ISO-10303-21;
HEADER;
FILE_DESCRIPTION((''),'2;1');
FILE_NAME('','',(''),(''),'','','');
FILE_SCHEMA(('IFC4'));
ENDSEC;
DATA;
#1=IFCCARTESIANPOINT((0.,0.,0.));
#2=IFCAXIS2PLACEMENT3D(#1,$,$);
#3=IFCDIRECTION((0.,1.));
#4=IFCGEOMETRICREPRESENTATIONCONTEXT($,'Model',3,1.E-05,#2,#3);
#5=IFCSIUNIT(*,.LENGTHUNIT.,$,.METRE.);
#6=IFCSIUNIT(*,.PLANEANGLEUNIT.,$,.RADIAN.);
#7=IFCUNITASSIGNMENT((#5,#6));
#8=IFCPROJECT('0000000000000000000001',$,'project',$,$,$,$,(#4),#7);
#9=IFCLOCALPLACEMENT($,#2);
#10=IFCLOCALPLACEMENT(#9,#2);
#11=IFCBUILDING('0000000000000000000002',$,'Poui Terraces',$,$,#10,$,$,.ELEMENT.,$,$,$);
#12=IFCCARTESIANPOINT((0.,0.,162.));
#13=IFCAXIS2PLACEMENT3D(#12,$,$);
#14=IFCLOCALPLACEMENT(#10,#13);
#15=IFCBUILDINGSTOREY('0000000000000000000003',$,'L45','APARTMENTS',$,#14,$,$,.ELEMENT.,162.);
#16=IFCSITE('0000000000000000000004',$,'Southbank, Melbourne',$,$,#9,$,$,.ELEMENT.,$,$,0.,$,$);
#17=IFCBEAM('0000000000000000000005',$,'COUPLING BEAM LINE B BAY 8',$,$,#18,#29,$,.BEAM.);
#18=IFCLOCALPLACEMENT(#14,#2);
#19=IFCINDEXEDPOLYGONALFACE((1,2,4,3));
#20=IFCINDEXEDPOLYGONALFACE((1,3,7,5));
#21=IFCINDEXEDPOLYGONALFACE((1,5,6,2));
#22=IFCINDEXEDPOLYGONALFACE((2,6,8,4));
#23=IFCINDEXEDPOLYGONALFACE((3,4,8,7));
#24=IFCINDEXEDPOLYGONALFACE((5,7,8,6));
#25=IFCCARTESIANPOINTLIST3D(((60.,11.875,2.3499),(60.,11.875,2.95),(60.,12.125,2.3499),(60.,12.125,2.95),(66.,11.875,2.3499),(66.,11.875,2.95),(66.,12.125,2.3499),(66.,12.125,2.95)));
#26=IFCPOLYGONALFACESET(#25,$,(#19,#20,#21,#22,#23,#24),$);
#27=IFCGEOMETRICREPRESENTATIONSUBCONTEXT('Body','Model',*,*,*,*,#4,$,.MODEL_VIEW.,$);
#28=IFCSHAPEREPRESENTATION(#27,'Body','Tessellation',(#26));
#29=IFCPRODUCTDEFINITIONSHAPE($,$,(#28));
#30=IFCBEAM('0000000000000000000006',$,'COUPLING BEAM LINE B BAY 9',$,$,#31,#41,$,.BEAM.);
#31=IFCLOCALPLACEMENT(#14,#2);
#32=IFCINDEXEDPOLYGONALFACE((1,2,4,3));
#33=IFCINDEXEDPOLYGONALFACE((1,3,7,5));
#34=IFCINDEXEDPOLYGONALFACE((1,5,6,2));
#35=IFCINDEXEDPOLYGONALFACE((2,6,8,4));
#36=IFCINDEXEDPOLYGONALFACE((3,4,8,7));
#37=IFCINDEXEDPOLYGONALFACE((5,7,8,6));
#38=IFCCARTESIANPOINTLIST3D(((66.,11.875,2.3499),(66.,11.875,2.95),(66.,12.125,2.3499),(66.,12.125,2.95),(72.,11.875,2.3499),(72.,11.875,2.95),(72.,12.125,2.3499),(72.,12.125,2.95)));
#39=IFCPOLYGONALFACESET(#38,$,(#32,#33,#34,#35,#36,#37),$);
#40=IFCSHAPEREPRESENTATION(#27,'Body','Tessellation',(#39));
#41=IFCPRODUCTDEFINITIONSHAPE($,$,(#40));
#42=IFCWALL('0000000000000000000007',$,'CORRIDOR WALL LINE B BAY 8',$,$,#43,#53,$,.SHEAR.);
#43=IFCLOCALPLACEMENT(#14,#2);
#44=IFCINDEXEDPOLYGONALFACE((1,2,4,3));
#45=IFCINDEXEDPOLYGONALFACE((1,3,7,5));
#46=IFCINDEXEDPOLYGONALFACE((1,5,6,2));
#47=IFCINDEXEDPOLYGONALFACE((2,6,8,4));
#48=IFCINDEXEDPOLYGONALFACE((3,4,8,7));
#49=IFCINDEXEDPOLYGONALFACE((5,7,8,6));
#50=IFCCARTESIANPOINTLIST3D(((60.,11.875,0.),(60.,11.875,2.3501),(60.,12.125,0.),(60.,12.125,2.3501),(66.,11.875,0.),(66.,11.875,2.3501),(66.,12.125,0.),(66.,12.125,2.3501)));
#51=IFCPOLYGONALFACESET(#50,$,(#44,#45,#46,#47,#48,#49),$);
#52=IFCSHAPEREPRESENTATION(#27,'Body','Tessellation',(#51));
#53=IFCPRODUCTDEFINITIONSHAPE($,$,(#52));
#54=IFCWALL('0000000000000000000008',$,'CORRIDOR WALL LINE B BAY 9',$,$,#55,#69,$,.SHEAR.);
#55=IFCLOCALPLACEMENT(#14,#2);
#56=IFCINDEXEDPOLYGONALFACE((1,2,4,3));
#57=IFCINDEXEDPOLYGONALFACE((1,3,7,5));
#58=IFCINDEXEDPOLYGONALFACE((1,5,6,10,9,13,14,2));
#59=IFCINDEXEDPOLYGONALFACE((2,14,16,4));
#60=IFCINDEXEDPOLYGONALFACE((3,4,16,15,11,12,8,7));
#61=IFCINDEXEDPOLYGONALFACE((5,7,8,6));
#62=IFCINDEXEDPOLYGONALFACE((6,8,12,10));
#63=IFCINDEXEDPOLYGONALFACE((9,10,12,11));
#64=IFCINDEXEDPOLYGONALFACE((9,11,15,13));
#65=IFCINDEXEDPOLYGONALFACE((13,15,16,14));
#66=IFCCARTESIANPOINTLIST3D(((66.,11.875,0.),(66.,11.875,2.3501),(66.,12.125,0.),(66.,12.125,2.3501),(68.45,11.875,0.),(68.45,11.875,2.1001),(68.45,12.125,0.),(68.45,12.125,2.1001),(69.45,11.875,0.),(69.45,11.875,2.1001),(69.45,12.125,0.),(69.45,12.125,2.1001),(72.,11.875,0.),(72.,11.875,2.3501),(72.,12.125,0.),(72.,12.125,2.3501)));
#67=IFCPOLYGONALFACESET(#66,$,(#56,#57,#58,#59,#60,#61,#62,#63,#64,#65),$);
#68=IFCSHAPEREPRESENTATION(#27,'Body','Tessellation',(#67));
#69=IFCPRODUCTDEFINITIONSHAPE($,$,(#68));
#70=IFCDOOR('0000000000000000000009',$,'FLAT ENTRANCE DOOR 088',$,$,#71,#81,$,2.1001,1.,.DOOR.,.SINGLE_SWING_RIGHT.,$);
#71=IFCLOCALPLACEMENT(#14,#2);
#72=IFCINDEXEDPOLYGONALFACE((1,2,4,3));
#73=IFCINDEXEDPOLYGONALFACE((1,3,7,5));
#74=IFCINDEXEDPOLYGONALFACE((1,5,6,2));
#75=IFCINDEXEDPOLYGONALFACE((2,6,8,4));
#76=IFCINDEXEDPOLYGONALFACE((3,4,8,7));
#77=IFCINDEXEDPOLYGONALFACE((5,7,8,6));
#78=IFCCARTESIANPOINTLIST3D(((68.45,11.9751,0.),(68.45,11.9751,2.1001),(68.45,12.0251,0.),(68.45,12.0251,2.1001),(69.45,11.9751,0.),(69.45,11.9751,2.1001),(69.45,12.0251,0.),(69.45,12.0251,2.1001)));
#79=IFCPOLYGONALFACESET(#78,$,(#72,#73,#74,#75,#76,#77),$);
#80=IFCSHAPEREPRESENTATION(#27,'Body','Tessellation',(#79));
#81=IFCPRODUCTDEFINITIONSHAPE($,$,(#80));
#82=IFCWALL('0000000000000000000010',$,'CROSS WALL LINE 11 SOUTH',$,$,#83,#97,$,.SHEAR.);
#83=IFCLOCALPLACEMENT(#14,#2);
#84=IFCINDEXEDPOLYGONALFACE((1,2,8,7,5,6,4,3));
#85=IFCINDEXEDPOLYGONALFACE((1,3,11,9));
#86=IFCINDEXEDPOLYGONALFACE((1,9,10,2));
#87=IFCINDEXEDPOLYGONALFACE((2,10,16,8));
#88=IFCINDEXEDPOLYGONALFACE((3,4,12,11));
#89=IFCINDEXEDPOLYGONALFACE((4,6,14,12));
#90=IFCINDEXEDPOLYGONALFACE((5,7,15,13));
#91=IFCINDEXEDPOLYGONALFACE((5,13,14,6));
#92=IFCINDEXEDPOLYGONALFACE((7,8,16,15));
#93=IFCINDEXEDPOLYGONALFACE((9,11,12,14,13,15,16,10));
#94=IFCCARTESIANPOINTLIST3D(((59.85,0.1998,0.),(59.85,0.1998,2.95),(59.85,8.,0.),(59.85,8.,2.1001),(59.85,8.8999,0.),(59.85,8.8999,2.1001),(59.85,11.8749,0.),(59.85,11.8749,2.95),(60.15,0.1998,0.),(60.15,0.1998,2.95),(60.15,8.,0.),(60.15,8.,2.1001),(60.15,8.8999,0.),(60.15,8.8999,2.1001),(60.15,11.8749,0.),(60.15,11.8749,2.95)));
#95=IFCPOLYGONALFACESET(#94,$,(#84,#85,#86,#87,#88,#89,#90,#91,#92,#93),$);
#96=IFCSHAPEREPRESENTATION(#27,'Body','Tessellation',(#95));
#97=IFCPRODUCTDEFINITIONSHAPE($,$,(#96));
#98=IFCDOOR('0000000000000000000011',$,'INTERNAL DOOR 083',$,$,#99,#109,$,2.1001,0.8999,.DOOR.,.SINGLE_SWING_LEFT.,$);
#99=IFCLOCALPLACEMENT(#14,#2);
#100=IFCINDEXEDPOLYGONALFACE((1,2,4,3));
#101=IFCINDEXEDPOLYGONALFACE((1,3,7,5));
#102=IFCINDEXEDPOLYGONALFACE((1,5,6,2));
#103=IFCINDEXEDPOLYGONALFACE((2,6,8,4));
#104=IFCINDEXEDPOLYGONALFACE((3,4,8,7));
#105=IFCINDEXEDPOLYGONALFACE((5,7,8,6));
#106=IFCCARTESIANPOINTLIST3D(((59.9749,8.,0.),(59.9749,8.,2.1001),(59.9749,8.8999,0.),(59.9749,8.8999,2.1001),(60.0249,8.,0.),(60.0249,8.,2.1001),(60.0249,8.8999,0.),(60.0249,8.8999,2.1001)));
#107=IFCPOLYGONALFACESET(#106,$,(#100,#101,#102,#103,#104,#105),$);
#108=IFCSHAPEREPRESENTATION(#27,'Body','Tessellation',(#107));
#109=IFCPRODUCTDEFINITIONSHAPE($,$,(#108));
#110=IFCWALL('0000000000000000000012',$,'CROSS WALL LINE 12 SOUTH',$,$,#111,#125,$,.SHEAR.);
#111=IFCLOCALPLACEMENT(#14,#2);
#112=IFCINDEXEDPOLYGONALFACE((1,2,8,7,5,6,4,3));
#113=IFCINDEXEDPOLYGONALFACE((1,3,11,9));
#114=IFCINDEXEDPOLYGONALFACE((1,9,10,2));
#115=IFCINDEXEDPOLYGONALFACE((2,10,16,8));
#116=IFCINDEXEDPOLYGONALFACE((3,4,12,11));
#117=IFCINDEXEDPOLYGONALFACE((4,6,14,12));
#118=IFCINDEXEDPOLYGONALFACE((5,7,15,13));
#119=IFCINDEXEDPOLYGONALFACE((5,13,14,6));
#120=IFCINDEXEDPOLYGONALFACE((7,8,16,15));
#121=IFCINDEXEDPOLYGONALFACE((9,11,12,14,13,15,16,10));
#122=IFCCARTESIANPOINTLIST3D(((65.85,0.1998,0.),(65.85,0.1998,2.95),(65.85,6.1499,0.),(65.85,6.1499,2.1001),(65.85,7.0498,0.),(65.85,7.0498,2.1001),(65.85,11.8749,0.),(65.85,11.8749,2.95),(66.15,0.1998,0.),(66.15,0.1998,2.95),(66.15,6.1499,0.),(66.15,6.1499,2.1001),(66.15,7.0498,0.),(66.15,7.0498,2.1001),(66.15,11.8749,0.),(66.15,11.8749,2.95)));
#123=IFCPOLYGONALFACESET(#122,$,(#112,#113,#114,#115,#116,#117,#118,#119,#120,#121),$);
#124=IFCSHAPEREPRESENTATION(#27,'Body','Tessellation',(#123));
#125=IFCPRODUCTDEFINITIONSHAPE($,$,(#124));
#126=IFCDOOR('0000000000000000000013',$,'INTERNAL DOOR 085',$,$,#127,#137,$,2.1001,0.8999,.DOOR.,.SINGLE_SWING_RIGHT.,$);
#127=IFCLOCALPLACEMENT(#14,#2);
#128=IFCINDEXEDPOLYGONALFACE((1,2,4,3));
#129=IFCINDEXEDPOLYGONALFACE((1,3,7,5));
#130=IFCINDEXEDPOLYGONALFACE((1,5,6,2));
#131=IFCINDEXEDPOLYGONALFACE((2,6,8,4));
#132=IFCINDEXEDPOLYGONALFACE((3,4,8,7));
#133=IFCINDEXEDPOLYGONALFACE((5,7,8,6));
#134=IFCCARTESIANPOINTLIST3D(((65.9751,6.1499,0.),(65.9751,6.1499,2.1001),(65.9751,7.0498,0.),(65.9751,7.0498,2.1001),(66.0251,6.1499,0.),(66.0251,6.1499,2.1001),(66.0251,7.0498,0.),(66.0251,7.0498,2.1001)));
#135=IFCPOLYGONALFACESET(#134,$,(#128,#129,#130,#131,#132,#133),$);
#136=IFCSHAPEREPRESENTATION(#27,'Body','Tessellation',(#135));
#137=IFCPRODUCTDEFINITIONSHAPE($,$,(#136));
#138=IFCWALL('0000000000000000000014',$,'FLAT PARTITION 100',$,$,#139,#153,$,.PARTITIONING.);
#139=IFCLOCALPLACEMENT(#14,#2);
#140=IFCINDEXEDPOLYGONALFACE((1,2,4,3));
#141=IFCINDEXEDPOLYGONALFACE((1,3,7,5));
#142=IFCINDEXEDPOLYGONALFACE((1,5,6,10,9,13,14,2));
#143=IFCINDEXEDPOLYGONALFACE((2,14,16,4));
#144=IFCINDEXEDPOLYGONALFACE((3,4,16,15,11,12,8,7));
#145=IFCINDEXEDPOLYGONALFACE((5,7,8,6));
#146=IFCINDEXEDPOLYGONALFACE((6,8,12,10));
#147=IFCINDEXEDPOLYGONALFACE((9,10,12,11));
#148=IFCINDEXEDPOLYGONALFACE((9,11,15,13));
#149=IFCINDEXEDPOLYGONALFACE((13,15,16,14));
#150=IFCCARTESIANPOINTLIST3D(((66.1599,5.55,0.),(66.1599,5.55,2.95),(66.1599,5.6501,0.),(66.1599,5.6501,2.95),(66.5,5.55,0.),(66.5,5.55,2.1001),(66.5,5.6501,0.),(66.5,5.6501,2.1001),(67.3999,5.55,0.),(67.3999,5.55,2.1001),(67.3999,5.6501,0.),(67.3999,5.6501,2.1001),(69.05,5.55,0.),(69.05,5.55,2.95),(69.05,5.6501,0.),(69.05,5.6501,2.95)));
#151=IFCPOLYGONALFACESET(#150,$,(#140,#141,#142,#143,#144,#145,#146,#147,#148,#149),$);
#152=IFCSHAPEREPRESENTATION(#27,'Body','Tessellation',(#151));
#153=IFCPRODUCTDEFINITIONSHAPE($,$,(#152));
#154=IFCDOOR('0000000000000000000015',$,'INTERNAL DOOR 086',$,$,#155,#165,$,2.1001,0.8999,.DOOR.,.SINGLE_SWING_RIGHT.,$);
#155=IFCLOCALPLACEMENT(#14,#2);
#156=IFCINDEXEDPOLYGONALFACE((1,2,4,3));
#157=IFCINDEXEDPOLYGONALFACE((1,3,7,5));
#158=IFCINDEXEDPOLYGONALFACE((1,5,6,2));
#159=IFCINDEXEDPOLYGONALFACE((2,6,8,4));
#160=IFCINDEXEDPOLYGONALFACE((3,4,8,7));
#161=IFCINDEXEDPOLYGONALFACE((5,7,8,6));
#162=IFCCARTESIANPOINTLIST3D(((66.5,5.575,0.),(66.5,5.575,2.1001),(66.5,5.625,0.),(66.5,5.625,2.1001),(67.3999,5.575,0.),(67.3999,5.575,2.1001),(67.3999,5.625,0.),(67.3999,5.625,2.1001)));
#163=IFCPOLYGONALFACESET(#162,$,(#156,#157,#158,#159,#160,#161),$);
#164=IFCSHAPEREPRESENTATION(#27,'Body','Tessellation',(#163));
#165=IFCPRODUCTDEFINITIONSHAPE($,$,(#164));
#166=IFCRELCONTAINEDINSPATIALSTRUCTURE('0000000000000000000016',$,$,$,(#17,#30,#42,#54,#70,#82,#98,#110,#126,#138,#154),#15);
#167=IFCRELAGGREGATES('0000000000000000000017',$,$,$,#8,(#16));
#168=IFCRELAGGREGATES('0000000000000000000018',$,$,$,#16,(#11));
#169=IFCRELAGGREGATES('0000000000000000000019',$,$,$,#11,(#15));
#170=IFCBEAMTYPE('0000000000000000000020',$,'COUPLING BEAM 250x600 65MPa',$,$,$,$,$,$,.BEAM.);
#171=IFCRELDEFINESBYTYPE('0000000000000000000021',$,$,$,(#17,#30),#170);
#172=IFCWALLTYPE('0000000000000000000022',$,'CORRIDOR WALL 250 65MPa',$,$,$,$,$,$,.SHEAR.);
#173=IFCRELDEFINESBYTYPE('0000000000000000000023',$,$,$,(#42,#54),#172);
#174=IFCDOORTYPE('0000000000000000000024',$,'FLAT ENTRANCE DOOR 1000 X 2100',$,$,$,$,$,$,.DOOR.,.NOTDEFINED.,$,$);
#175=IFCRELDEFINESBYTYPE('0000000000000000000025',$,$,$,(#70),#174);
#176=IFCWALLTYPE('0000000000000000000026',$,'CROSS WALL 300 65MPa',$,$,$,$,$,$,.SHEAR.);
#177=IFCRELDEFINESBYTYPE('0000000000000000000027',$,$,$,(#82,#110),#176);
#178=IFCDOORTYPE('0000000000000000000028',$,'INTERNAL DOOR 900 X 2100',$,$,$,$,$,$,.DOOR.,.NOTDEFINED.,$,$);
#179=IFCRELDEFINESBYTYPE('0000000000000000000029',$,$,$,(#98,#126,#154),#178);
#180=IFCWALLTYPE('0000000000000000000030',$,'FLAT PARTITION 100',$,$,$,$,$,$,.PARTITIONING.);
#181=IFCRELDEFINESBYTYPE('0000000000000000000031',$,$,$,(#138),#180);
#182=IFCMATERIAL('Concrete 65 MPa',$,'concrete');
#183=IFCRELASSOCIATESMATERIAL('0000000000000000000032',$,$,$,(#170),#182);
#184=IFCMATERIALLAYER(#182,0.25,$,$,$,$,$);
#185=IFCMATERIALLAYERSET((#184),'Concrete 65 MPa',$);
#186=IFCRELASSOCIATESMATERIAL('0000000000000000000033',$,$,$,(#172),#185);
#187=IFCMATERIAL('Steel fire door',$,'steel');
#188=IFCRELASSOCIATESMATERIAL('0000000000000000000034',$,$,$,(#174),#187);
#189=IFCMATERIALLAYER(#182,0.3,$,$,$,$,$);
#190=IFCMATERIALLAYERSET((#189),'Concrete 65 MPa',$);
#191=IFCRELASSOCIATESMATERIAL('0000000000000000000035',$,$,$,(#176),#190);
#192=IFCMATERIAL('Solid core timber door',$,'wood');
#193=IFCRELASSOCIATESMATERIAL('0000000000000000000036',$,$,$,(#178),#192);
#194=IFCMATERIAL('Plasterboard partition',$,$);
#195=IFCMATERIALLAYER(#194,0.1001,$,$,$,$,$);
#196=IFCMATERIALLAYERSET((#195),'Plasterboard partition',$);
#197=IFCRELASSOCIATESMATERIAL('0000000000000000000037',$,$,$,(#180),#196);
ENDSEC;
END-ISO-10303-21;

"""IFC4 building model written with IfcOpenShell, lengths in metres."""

from ifc_helpers import new_model, si_unit, direction, frame, frame_2d, origin, origin_2d, place, context, subcontext, project, spatial, rectangle, extrude, source, transform, mapped, material, layer, layer_set, material_profile, profile_set, type_object, element, fill, save


model = new_model("IFC4")

# Units and contexts
model_context = context("Model", 3, precision=1e-05, world=origin(), true_north=direction((0.0, 1.0)))
body_context = subcontext(model_context, "Body", "Model", "MODEL_VIEW")
ifc_project = project(units=[si_unit("LENGTHUNIT", "METRE"), si_unit("PLANEANGLEUNIT", "RADIAN")], contexts=[model_context])

# Site, building, storey
site_placement = place(None, origin())
site = spatial("IfcSite", under=ifc_project, at=site_placement, Name="Southbank, Melbourne", CompositionType="ELEMENT", RefElevation=0.0)
building_placement = place(site_placement, origin())
building = spatial("IfcBuilding", under=site, at=building_placement, Name="Poui Terraces", CompositionType="ELEMENT")
storey_placement = place(building_placement, frame((0.0, 0.0, 162.0)))
storey = spatial("IfcBuildingStorey", under=building, at=storey_placement, Name="L45", Description="APARTMENTS", CompositionType="ELEMENT", Elevation=162.0)

# Beams
ifc_material_1 = material(Name="Concrete 65 MPa", Category="concrete")
ifc_material_profile = material_profile(ifc_material_1, rectangle(XDim=0.25, YDim=0.6001, at=origin_2d()), Name="RC 250x600")
ifc_profile_set = profile_set([ifc_material_profile], Name="Concrete 65 MPa")
beam_type = type_object("IfcBeamType", Name="COUPLING BEAM 250x600 65MPa", PredefinedType="BEAM", material=ifc_profile_set)
shared_shape = source(origin(), body_context, "Body", "SweptSolid", [
    extrude(rectangle(XDim=0.25, YDim=0.6001, at=origin_2d()), origin(), (0.0, 0.0, 1.0), 6.0),
])
for number, where, z_axis, x_axis, name in (
    (1, (60.0, 12.0, 2.6499), (1.0, 0.0, 0.0), (0.0, 1.0, 0.0), "COUPLING BEAM LINE B BAY 8"),
    (2, (66.0, 12.0, 2.6499), (1.0, 0.0, 0.0), (0.0, 1.0, 0.0), "COUPLING BEAM LINE B BAY 9"),
):
    element("IfcBeam", number, at=place(storey_placement, frame(where, z_axis=z_axis, x_axis=x_axis)), inside=storey, type_object=beam_type, Name=name, PredefinedType="BEAM", context=body_context, shape_type="MappedRepresentation", body=[
        mapped(shared_shape, transform((0.0, 0.0, 0.0))),
    ])

# Wall
ifc_layer_1 = layer(ifc_material_1, 0.25)
ifc_layer_set_1 = layer_set([ifc_layer_1], Name="Concrete 65 MPa")
wall_type_1 = type_object("IfcWallType", Name="CORRIDOR WALL 250 65MPa", PredefinedType="SHEAR", material=ifc_layer_set_1)
wall_1_placement = place(storey_placement, frame((60.0, 12.0, 0.0), z_axis=(0.0, 0.0, 1.0), x_axis=(1.0, 0.0, 0.0)))
element("IfcWall", 3, at=wall_1_placement, inside=storey, type_object=wall_type_1, Name="CORRIDOR WALL LINE B BAY 8", PredefinedType="SHEAR", context=body_context, shape_type="SweptSolid", body=[
    extrude(rectangle(XDim=6.0, YDim=0.25, at=frame_2d((3.0, 0.0))), origin(), (0.0, 0.0, 1.0), 2.3501),
])

# Walls, openings, doors
wall_2_placement = place(storey_placement, frame((66.0, 12.0, 0.0), z_axis=(0.0, 0.0, 1.0), x_axis=(1.0, 0.0, 0.0)))
wall_2 = element("IfcWall", 4, at=wall_2_placement, inside=storey, type_object=wall_type_1, Name="CORRIDOR WALL LINE B BAY 9", PredefinedType="SHEAR", context=body_context, shape_type="SweptSolid", body=[
    extrude(rectangle(XDim=6.0, YDim=0.25, at=frame_2d((3.0, 0.0))), origin(), (0.0, 0.0, 1.0), 2.3501),
])
opening_1_placement = place(wall_2_placement, frame((2.45, 0.0, 0.0)))
opening_1 = element("IfcOpeningElement", 5, at=opening_1_placement, cuts=wall_2, PredefinedType="OPENING", context=body_context, shape_type="SweptSolid", body=[
    extrude(rectangle(XDim=1.0, YDim=2.1001, at=frame_2d((0.5, 1.05))), frame((0.0, 0.135, 0.0), z_axis=(0.0, -1.0, 0.0), x_axis=(1.0, 0.0, 0.0)), (0.0, 0.0, 1.0), 0.27),
])
ifc_material_2 = material(Name="Steel fire door", Category="steel")
door_type_1 = type_object("IfcDoorType", Name="FLAT ENTRANCE DOOR 1000 X 2100", OperationType="NOTDEFINED", PredefinedType="DOOR", material=ifc_material_2)
door_1_placement = place(opening_1_placement, frame((1.0, 0.0, 0.0), z_axis=(0.0, 0.0, 1.0), x_axis=(-1.0, 0.0, 0.0)))
door_1 = element("IfcDoor", 6, at=door_1_placement, inside=storey, type_object=door_type_1, Name="FLAT ENTRANCE DOOR 088", OperationType="SINGLE_SWING_RIGHT", OverallHeight=2.1001, OverallWidth=1.0, PredefinedType="DOOR", context=body_context, shape_type="SweptSolid", body=[
    extrude(rectangle(XDim=1.0, YDim=2.1001, at=frame_2d((0.5, 1.05))), frame((0.0, 0.0249, 0.0), z_axis=(0.0, -1.0, 0.0), x_axis=(1.0, 0.0, 0.0)), (0.0, 0.0, 1.0), 0.05),
])
fill(opening_1, door_1)
ifc_layer_2 = layer(ifc_material_1, 0.3)
ifc_layer_set_2 = layer_set([ifc_layer_2], Name="Concrete 65 MPa")
wall_type_2 = type_object("IfcWallType", Name="CROSS WALL 300 65MPa", PredefinedType="SHEAR", material=ifc_layer_set_2)
wall_3_placement = place(storey_placement, frame((60.0, 0.2, 0.0), z_axis=(0.0, 0.0, 1.0), x_axis=(0.0, 1.0, 0.0)))
wall_3 = element("IfcWall", 7, at=wall_3_placement, inside=storey, type_object=wall_type_2, Name="CROSS WALL LINE 11 SOUTH", PredefinedType="SHEAR", context=body_context, shape_type="SweptSolid", body=[
    extrude(rectangle(XDim=11.675, YDim=0.3, at=frame_2d((5.8374, 0.0))), origin(), (0.0, 0.0, 1.0), 2.95),
])
opening_2_placement = place(wall_3_placement, frame((7.8, 0.0, 0.0)))
opening_2 = element("IfcOpeningElement", 8, at=opening_2_placement, cuts=wall_3, PredefinedType="OPENING", context=body_context, shape_type="SweptSolid", body=[
    extrude(rectangle(XDim=0.8999, YDim=2.1001, at=frame_2d((0.45, 1.05))), frame((0.0, 0.1602, 0.0), z_axis=(0.0, -1.0, 0.0), x_axis=(1.0, 0.0, 0.0)), (0.0, 0.0, 1.0), 0.3201),
])
ifc_material_3 = material(Name="Solid core timber door", Category="wood")
door_type_2 = type_object("IfcDoorType", Name="INTERNAL DOOR 900 X 2100", OperationType="NOTDEFINED", PredefinedType="DOOR", material=ifc_material_3)
door_2_placement = place(opening_2_placement, frame((0.8999, 0.0, 0.0), z_axis=(0.0, 0.0, 1.0), x_axis=(-1.0, 0.0, 0.0)))
door_2 = element("IfcDoor", 9, at=door_2_placement, inside=storey, type_object=door_type_2, Name="INTERNAL DOOR 083", OperationType="SINGLE_SWING_LEFT", OverallHeight=2.1001, OverallWidth=0.8999, PredefinedType="DOOR", context=body_context, shape_type="SweptSolid", body=[
    extrude(rectangle(XDim=0.8999, YDim=2.1001, at=frame_2d((0.45, 1.05))), frame((0.0, 0.0249, 0.0), z_axis=(0.0, -1.0, 0.0), x_axis=(1.0, 0.0, 0.0)), (0.0, 0.0, 1.0), 0.05),
])
fill(opening_2, door_2)
wall_4_placement = place(storey_placement, frame((66.0, 0.2, 0.0), z_axis=(0.0, 0.0, 1.0), x_axis=(0.0, 1.0, 0.0)))
wall_4 = element("IfcWall", 10, at=wall_4_placement, inside=storey, type_object=wall_type_2, Name="CROSS WALL LINE 12 SOUTH", PredefinedType="SHEAR", context=body_context, shape_type="SweptSolid", body=[
    extrude(rectangle(XDim=11.675, YDim=0.3, at=frame_2d((5.8374, 0.0))), origin(), (0.0, 0.0, 1.0), 2.95),
])
opening_3_placement = place(wall_4_placement, frame((5.95, 0.0, 0.0)))
opening_3 = element("IfcOpeningElement", 11, at=opening_3_placement, cuts=wall_4, PredefinedType="OPENING", context=body_context, shape_type="SweptSolid", body=[
    extrude(rectangle(XDim=0.8999, YDim=2.1001, at=frame_2d((0.45, 1.05))), frame((0.0, 0.1602, 0.0), z_axis=(0.0, -1.0, 0.0), x_axis=(1.0, 0.0, 0.0)), (0.0, 0.0, 1.0), 0.3201),
])
door_3_placement = place(opening_3_placement, origin())
door_3 = element("IfcDoor", 12, at=door_3_placement, inside=storey, type_object=door_type_2, Name="INTERNAL DOOR 085", OperationType="SINGLE_SWING_RIGHT", OverallHeight=2.1001, OverallWidth=0.8999, PredefinedType="DOOR", context=body_context, shape_type="SweptSolid", body=[
    extrude(rectangle(XDim=0.8999, YDim=2.1001, at=frame_2d((0.45, 1.05))), frame((0.0, 0.0249, 0.0), z_axis=(0.0, -1.0, 0.0), x_axis=(1.0, 0.0, 0.0)), (0.0, 0.0, 1.0), 0.05),
])
fill(opening_3, door_3)
ifc_material_4 = material(Name="Plasterboard partition")
ifc_layer_3 = layer(ifc_material_4, 0.1001)
ifc_layer_set_3 = layer_set([ifc_layer_3], Name="Plasterboard partition")
wall_type_3 = type_object("IfcWallType", Name="FLAT PARTITION 100", PredefinedType="PARTITIONING", material=ifc_layer_set_3)
wall_5_placement = place(storey_placement, frame((66.1599, 5.6001, 0.0), z_axis=(0.0, 0.0, 1.0), x_axis=(1.0, 0.0, 0.0)))
wall_5 = element("IfcWall", 13, at=wall_5_placement, inside=storey, type_object=wall_type_3, Name="FLAT PARTITION 100", PredefinedType="PARTITIONING", context=body_context, shape_type="SweptSolid", body=[
    extrude(rectangle(XDim=2.8901, YDim=0.1001, at=frame_2d((1.4451, 0.0))), origin(), (0.0, 0.0, 1.0), 2.95),
])
opening_4_placement = place(wall_5_placement, frame((0.3401, 0.0, 0.0)))
opening_4 = element("IfcOpeningElement", 14, at=opening_4_placement, cuts=wall_5, PredefinedType="OPENING", context=body_context, shape_type="SweptSolid", body=[
    extrude(rectangle(XDim=0.8999, YDim=2.1001, at=frame_2d((0.45, 1.05))), frame((0.0, 0.0601, 0.0), z_axis=(0.0, -1.0, 0.0), x_axis=(1.0, 0.0, 0.0)), (0.0, 0.0, 1.0), 0.1201),
])
door_4_placement = place(opening_4_placement, origin())
door_4 = element("IfcDoor", 15, at=door_4_placement, inside=storey, type_object=door_type_2, Name="INTERNAL DOOR 086", OperationType="SINGLE_SWING_RIGHT", OverallHeight=2.1001, OverallWidth=0.8999, PredefinedType="DOOR", context=body_context, shape_type="SweptSolid", body=[
    extrude(rectangle(XDim=0.8999, YDim=2.1001, at=frame_2d((0.45, 1.05))), frame((0.0, 0.0249, 0.0), z_axis=(0.0, -1.0, 0.0), x_axis=(1.0, 0.0, 0.0)), (0.0, 0.0, 1.0), 0.05),
])
fill(opening_4, door_4)

save(model, "model.ifc")
